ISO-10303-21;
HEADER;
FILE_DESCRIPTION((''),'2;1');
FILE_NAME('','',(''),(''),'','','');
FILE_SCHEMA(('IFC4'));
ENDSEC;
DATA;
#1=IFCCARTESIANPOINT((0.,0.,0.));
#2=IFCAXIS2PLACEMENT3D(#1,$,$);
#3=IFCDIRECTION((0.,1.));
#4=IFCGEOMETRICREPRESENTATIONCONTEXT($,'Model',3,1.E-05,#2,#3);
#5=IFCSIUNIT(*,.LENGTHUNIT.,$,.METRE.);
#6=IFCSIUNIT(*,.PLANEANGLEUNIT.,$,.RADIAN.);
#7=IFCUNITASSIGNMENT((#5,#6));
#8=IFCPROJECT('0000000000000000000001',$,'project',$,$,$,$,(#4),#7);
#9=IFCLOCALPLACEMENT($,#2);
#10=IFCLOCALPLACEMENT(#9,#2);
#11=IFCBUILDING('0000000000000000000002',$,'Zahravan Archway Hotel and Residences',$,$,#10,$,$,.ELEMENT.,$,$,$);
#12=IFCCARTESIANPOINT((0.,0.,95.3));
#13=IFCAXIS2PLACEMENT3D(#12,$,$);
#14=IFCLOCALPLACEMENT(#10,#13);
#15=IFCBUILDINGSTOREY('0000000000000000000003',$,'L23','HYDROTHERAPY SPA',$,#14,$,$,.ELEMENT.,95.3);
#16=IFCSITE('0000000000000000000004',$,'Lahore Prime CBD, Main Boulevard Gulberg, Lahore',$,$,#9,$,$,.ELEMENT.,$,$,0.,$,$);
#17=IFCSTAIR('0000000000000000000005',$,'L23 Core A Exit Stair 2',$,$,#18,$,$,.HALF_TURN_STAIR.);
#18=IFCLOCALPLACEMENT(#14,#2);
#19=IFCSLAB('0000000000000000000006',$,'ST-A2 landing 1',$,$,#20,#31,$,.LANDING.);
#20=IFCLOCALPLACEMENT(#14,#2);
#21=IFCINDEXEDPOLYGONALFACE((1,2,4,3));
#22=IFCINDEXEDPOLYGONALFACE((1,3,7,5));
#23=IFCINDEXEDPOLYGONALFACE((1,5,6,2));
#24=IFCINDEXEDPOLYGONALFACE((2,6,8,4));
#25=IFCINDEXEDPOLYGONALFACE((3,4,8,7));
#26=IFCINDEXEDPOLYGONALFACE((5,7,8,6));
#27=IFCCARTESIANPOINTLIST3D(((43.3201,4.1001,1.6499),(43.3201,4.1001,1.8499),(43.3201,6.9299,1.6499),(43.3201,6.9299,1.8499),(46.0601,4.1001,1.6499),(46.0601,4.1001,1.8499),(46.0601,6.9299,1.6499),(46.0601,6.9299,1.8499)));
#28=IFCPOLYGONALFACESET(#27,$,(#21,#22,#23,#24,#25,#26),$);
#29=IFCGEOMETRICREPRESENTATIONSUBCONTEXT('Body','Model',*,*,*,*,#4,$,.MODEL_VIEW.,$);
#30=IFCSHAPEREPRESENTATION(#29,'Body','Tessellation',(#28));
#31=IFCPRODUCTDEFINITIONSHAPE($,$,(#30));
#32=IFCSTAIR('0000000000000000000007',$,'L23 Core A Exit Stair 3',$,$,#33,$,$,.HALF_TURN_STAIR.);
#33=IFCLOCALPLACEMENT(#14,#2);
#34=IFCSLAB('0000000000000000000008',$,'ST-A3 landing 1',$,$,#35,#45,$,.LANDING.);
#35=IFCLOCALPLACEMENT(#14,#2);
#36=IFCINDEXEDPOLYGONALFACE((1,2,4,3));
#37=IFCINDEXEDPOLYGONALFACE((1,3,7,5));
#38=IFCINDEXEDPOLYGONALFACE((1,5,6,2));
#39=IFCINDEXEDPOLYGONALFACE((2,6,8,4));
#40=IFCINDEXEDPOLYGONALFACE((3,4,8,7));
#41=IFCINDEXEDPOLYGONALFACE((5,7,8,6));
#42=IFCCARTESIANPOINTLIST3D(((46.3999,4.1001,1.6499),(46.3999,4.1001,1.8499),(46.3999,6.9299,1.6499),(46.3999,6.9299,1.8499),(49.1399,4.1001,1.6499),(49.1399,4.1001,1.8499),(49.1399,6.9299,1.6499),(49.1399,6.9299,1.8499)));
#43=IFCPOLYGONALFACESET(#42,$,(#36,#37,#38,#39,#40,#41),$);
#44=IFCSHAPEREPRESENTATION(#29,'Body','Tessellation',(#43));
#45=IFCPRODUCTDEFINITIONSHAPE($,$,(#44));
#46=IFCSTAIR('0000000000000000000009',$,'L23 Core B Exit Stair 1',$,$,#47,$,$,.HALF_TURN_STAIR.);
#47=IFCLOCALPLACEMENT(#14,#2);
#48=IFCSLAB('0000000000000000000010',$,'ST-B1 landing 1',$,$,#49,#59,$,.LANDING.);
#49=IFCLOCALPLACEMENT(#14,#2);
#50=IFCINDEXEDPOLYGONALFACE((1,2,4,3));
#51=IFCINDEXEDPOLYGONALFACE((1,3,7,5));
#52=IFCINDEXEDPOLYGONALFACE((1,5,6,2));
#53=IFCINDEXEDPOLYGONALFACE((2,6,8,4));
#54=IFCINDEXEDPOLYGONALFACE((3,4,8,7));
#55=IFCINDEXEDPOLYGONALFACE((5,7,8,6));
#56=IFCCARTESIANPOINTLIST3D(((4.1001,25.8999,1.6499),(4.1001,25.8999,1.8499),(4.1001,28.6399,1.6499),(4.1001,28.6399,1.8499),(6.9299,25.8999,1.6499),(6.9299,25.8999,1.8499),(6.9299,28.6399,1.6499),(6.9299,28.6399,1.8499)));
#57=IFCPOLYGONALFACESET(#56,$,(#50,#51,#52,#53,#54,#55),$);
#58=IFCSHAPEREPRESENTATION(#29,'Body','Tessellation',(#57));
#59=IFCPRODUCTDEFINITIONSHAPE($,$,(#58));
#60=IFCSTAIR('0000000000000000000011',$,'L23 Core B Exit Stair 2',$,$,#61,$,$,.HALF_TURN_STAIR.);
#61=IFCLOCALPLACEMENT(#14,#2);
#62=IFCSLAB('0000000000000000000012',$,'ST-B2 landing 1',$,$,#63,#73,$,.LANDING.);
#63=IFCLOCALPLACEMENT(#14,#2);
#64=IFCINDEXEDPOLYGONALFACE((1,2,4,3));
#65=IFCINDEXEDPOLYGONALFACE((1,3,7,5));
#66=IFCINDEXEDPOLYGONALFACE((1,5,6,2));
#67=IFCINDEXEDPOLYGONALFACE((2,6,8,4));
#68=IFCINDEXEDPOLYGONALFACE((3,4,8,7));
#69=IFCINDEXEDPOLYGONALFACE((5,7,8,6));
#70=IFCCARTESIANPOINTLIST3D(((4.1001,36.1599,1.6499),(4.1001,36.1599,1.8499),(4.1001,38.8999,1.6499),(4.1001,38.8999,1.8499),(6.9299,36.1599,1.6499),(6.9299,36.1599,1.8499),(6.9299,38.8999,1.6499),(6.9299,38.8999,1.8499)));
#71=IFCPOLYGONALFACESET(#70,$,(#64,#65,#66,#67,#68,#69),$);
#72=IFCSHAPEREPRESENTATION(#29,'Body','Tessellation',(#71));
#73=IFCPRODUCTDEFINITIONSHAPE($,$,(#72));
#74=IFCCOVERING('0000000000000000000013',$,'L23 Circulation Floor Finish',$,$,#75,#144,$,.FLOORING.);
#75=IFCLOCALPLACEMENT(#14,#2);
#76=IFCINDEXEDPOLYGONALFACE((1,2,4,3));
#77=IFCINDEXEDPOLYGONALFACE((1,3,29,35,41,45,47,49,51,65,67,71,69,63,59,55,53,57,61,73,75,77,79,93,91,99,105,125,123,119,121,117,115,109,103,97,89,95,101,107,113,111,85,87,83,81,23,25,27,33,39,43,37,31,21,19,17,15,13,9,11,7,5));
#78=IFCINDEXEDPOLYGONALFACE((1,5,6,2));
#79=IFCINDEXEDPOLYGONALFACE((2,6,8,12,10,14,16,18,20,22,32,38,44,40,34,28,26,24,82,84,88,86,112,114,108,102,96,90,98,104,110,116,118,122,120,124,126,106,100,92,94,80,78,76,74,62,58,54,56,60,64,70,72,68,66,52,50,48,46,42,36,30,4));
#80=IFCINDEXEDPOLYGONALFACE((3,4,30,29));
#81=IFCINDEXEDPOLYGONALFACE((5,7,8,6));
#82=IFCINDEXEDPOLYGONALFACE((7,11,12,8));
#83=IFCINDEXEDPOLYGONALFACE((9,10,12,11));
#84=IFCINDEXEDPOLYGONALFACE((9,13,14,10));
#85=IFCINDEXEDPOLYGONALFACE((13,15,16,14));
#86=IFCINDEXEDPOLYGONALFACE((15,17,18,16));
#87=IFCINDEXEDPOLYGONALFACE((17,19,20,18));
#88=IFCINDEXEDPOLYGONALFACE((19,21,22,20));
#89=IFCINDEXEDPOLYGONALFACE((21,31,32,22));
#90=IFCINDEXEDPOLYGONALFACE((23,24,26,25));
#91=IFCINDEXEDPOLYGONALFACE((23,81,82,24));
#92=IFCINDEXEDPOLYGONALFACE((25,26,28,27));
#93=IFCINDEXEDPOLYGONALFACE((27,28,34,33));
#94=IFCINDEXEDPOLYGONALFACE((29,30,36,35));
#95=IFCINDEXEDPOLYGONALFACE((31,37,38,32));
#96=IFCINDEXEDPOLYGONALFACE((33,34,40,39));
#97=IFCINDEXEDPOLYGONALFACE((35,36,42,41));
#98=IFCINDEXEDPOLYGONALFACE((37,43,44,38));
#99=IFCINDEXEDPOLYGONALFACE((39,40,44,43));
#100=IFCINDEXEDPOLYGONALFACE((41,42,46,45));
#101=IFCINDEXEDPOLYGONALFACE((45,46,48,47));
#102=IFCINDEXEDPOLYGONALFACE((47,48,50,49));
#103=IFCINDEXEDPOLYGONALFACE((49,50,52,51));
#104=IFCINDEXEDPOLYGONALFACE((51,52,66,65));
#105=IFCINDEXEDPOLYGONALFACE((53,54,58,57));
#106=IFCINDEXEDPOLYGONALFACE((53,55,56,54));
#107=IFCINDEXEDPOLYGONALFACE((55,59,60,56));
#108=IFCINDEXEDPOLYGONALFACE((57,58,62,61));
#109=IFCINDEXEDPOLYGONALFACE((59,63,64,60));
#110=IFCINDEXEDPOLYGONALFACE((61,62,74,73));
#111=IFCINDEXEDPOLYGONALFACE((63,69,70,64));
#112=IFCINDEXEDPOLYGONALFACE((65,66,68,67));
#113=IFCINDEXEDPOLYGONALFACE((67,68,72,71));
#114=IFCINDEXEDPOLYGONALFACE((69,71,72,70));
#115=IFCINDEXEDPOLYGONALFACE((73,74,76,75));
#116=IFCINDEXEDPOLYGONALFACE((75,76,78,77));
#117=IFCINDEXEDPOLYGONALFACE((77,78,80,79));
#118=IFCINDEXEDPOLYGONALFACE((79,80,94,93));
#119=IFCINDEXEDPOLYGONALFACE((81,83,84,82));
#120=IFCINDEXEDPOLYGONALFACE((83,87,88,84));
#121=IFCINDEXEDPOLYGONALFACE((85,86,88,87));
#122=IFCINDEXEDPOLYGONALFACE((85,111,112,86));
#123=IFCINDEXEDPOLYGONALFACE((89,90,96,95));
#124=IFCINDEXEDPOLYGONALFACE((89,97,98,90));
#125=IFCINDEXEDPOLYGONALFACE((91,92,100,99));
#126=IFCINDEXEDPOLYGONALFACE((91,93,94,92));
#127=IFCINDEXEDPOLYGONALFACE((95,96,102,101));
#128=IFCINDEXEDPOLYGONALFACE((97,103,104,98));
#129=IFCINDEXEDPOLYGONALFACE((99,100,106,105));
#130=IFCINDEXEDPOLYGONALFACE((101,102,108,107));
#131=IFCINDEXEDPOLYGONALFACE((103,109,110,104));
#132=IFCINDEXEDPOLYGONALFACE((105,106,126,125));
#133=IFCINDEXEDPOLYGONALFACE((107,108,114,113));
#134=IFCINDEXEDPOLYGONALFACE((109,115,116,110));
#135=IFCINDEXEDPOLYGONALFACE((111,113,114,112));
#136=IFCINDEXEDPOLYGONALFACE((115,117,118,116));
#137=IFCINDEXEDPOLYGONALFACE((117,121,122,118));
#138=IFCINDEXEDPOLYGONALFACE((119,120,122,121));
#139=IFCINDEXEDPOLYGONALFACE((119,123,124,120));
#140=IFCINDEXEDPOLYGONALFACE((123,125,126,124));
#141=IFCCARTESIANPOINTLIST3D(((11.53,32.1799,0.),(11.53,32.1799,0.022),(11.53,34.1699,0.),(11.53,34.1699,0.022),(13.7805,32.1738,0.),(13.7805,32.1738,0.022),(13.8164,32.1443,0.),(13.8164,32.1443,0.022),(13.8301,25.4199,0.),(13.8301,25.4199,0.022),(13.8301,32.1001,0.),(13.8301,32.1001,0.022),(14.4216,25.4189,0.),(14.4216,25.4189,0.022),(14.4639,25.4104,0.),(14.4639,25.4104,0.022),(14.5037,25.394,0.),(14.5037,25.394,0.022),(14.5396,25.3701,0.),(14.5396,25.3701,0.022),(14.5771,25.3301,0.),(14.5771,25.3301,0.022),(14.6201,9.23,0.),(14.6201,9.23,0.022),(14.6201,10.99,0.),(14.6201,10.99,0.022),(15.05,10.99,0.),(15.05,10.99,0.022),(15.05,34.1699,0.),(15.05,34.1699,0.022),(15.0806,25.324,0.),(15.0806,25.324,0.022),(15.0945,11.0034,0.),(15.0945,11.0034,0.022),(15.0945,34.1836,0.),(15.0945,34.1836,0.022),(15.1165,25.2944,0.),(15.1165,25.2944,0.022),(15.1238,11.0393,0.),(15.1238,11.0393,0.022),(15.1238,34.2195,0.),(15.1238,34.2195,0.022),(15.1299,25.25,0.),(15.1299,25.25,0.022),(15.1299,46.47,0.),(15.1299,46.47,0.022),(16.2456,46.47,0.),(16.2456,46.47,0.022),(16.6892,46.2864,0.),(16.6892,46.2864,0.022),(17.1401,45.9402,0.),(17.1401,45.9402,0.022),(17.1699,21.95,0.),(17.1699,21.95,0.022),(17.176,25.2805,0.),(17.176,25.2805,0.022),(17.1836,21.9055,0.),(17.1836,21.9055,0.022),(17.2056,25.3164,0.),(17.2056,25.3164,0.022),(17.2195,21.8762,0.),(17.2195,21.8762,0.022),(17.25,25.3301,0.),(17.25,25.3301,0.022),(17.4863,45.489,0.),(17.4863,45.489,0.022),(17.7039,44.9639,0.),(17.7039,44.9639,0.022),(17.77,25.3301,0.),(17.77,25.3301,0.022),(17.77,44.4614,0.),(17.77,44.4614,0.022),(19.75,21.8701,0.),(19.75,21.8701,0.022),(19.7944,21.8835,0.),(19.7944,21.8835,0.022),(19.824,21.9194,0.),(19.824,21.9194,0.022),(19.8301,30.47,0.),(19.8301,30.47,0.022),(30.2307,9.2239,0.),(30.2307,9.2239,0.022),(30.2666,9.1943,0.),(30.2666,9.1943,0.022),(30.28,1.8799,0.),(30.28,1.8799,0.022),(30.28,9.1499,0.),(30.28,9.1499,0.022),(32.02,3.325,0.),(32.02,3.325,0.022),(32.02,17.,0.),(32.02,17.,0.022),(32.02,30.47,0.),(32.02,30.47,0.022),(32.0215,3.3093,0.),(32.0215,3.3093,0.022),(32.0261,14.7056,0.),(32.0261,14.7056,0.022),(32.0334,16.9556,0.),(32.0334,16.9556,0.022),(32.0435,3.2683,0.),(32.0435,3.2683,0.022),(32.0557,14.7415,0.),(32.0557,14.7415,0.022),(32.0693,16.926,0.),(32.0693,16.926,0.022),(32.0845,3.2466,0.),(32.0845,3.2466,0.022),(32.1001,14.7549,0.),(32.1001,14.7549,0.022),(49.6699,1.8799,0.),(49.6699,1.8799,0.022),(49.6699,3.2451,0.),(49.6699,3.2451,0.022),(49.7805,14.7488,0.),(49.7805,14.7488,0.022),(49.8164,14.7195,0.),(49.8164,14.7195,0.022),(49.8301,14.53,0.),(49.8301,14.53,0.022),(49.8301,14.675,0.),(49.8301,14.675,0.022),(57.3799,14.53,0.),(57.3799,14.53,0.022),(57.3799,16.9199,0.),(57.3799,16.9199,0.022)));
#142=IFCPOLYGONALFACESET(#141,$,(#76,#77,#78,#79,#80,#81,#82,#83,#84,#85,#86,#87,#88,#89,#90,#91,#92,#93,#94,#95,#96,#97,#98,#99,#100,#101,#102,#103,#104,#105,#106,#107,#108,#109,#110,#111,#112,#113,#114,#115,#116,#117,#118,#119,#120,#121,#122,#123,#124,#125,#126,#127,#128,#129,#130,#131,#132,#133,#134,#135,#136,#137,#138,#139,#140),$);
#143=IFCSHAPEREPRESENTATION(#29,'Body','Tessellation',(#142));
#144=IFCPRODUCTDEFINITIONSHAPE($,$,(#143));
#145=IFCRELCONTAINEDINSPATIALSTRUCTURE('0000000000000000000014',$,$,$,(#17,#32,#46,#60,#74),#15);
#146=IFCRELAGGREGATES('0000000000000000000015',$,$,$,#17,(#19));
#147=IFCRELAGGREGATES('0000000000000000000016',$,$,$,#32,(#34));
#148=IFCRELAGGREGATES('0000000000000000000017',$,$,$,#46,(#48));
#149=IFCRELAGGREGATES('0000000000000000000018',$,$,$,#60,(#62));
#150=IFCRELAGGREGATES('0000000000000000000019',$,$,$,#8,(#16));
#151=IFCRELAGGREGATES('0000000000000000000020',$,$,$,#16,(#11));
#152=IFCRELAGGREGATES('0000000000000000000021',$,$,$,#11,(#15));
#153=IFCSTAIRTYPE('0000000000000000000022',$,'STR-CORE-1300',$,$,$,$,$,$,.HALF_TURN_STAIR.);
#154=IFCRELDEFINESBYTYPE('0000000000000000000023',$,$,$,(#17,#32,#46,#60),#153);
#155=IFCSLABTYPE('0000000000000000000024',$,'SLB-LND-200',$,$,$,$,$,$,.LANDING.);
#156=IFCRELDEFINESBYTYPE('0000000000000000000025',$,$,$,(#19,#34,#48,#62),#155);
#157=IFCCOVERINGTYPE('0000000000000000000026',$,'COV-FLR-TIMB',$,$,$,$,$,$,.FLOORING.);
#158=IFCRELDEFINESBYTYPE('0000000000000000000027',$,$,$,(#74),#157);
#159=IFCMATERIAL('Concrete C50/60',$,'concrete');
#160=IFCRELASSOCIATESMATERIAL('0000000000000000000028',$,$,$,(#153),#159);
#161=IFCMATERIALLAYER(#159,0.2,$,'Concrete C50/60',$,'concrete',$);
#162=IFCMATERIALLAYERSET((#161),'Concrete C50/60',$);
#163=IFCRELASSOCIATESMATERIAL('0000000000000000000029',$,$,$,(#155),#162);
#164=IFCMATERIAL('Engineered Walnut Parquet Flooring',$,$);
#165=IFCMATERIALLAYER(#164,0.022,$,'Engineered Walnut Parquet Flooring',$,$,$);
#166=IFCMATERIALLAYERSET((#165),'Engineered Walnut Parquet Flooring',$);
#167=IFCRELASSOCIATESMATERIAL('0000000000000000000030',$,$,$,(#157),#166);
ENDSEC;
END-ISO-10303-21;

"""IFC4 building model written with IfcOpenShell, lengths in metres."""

from ifc_helpers import new_model, si_unit, direction, frame, origin, place, context, subcontext, project, spatial, polyline, outline, extrude, material, layer, layer_set, type_object, element, aggregate, save


model = new_model("IFC4")

# Units and contexts
model_context = context("Model", 3, precision=1e-05, world=origin(), true_north=direction((0.0, 1.0)))
body_context = subcontext(model_context, "Body", "Model", "MODEL_VIEW")
ifc_project = project(units=[si_unit("LENGTHUNIT", "METRE"), si_unit("PLANEANGLEUNIT", "RADIAN")], contexts=[model_context])

# Site, building, storey
site_placement = place(None, origin())
site = spatial("IfcSite", under=ifc_project, at=site_placement, Name="Lahore Prime CBD, Main Boulevard Gulberg, Lahore", CompositionType="ELEMENT", RefElevation=0.0)
building_placement = place(site_placement, origin())
building = spatial("IfcBuilding", under=site, at=building_placement, Name="Zahravan Archway Hotel and Residences", CompositionType="ELEMENT")
storey_placement = place(building_placement, frame((0.0, 0.0, 95.3)))
storey = spatial("IfcBuildingStorey", under=building, at=storey_placement, Name="L23", Description="HYDROTHERAPY SPA", CompositionType="ELEMENT", Elevation=95.3)

# Stairs, slabs
ifc_material_1 = material(Name="Concrete C50/60", Category="concrete")
stair_type = type_object("IfcStairType", Name="STR-CORE-1300", PredefinedType="HALF_TURN_STAIR", material=ifc_material_1)
ifc_layer_1 = layer(ifc_material_1, 0.2, Name="Concrete C50/60", Category="concrete")
ifc_layer_set_1 = layer_set([ifc_layer_1], Name="Concrete C50/60")
slab_type_1 = type_object("IfcSlabType", Name="SLB-LND-200", PredefinedType="LANDING", material=ifc_layer_set_1)
stair_1_placement = place(storey_placement, origin())
stair_1 = element("IfcStair", 1, at=stair_1_placement, inside=storey, type_object=stair_type, Name="L23 Core A Exit Stair 2", PredefinedType="HALF_TURN_STAIR")
slab_1_placement = place(storey_placement, frame((0.0, 0.0, 1.6499)))
slab_1 = element("IfcSlab", 2, at=slab_1_placement, type_object=slab_type_1, Name="ST-A2 landing 1", PredefinedType="LANDING", context=body_context, shape_type="SweptSolid", body=[
    extrude(outline(polyline([(43.3201, 6.9299), (43.3201, 4.1001), (46.0601, 4.1001), (46.0601, 6.9299), (43.3201, 6.9299)])), origin(), (0.0, 0.0, 1.0), 0.2),
])
aggregate(stair_1, [slab_1])
stair_2_placement = place(storey_placement, origin())
stair_2 = element("IfcStair", 3, at=stair_2_placement, inside=storey, type_object=stair_type, Name="L23 Core A Exit Stair 3", PredefinedType="HALF_TURN_STAIR")
slab_2_placement = place(storey_placement, frame((0.0, 0.0, 1.6499)))
slab_2 = element("IfcSlab", 4, at=slab_2_placement, type_object=slab_type_1, Name="ST-A3 landing 1", PredefinedType="LANDING", context=body_context, shape_type="SweptSolid", body=[
    extrude(outline(polyline([(46.3999, 6.9299), (46.3999, 4.1001), (49.1399, 4.1001), (49.1399, 6.9299), (46.3999, 6.9299)])), origin(), (0.0, 0.0, 1.0), 0.2),
])
aggregate(stair_2, [slab_2])
stair_3_placement = place(storey_placement, origin())
stair_3 = element("IfcStair", 5, at=stair_3_placement, inside=storey, type_object=stair_type, Name="L23 Core B Exit Stair 1", PredefinedType="HALF_TURN_STAIR")
slab_3_placement = place(storey_placement, frame((0.0, 0.0, 1.6499)))
slab_3 = element("IfcSlab", 6, at=slab_3_placement, type_object=slab_type_1, Name="ST-B1 landing 1", PredefinedType="LANDING", context=body_context, shape_type="SweptSolid", body=[
    extrude(outline(polyline([(6.9299, 28.6399), (4.1001, 28.6399), (4.1001, 25.8999), (6.9299, 25.8999), (6.9299, 28.6399)])), origin(), (0.0, 0.0, 1.0), 0.2),
])
aggregate(stair_3, [slab_3])
stair_4_placement = place(storey_placement, origin())
stair_4 = element("IfcStair", 7, at=stair_4_placement, inside=storey, type_object=stair_type, Name="L23 Core B Exit Stair 2", PredefinedType="HALF_TURN_STAIR")
slab_4_placement = place(storey_placement, frame((0.0, 0.0, 1.6499)))
slab_4 = element("IfcSlab", 8, at=slab_4_placement, type_object=slab_type_1, Name="ST-B2 landing 1", PredefinedType="LANDING", context=body_context, shape_type="SweptSolid", body=[
    extrude(outline(polyline([(6.9299, 38.8999), (4.1001, 38.8999), (4.1001, 36.1599), (6.9299, 36.1599), (6.9299, 38.8999)])), origin(), (0.0, 0.0, 1.0), 0.2),
])
aggregate(stair_4, [slab_4])

# Covering
ifc_material_2 = material(Name="Engineered Walnut Parquet Flooring")
ifc_layer_2 = layer(ifc_material_2, 0.022, Name="Engineered Walnut Parquet Flooring")
ifc_layer_set_2 = layer_set([ifc_layer_2], Name="Engineered Walnut Parquet Flooring")
covering_type = type_object("IfcCoveringType", Name="COV-FLR-TIMB", PredefinedType="FLOORING", material=ifc_layer_set_2)
covering_placement = place(storey_placement, origin())
element("IfcCovering", 9, at=covering_placement, inside=storey, type_object=covering_type, Name="L23 Circulation Floor Finish", PredefinedType="FLOORING", context=body_context, shape_type="SweptSolid", body=[
    extrude(outline(polyline([(32.0215, 3.3093), (32.0435, 3.2683), (32.0845, 3.2466), (49.6699, 3.2451), (49.6699, 1.8799), (30.28, 1.8799), (30.28, 9.1499), (30.2666, 9.1943), (30.2307, 9.2239), (14.6201, 9.23), (14.6201, 10.99), (15.05, 10.99), (15.0945, 11.0034), (15.1238, 11.0393), (15.1299, 25.25), (15.1165, 25.2944), (15.0806, 25.324), (14.5771, 25.3301), (14.5396, 25.3701), (14.5037, 25.394), (14.4639, 25.4104), (14.4216, 25.4189), (13.8301, 25.4199), (13.8301, 32.1001), (13.8164, 32.1443), (13.7805, 32.1738), (11.53, 32.1799), (11.53, 34.1699), (15.05, 34.1699), (15.0945, 34.1836), (15.1238, 34.2195), (15.1299, 46.47), (16.2456, 46.47), (16.6892, 46.2864), (17.1401, 45.9402), (17.4863, 45.489), (17.7039, 44.9639), (17.77, 44.4614), (17.77, 25.3301), (17.25, 25.3301), (17.2056, 25.3164), (17.176, 25.2805), (17.1699, 21.95), (17.1836, 21.9055), (17.2195, 21.8762), (19.75, 21.8701), (19.7944, 21.8835), (19.824, 21.9194), (19.8301, 30.47), (32.02, 30.47), (32.02, 17.0), (32.0334, 16.9556), (32.0693, 16.926), (57.3799, 16.9199), (57.3799, 14.53), (49.8301, 14.53), (49.8301, 14.675), (49.8164, 14.7195), (49.7805, 14.7488), (32.1001, 14.7549), (32.0557, 14.7415), (32.0261, 14.7056), (32.02, 3.325), (32.0215, 3.3093)])), origin(), (0.0, 0.0, 1.0), 0.022),
])

save(model, "model.ifc")
